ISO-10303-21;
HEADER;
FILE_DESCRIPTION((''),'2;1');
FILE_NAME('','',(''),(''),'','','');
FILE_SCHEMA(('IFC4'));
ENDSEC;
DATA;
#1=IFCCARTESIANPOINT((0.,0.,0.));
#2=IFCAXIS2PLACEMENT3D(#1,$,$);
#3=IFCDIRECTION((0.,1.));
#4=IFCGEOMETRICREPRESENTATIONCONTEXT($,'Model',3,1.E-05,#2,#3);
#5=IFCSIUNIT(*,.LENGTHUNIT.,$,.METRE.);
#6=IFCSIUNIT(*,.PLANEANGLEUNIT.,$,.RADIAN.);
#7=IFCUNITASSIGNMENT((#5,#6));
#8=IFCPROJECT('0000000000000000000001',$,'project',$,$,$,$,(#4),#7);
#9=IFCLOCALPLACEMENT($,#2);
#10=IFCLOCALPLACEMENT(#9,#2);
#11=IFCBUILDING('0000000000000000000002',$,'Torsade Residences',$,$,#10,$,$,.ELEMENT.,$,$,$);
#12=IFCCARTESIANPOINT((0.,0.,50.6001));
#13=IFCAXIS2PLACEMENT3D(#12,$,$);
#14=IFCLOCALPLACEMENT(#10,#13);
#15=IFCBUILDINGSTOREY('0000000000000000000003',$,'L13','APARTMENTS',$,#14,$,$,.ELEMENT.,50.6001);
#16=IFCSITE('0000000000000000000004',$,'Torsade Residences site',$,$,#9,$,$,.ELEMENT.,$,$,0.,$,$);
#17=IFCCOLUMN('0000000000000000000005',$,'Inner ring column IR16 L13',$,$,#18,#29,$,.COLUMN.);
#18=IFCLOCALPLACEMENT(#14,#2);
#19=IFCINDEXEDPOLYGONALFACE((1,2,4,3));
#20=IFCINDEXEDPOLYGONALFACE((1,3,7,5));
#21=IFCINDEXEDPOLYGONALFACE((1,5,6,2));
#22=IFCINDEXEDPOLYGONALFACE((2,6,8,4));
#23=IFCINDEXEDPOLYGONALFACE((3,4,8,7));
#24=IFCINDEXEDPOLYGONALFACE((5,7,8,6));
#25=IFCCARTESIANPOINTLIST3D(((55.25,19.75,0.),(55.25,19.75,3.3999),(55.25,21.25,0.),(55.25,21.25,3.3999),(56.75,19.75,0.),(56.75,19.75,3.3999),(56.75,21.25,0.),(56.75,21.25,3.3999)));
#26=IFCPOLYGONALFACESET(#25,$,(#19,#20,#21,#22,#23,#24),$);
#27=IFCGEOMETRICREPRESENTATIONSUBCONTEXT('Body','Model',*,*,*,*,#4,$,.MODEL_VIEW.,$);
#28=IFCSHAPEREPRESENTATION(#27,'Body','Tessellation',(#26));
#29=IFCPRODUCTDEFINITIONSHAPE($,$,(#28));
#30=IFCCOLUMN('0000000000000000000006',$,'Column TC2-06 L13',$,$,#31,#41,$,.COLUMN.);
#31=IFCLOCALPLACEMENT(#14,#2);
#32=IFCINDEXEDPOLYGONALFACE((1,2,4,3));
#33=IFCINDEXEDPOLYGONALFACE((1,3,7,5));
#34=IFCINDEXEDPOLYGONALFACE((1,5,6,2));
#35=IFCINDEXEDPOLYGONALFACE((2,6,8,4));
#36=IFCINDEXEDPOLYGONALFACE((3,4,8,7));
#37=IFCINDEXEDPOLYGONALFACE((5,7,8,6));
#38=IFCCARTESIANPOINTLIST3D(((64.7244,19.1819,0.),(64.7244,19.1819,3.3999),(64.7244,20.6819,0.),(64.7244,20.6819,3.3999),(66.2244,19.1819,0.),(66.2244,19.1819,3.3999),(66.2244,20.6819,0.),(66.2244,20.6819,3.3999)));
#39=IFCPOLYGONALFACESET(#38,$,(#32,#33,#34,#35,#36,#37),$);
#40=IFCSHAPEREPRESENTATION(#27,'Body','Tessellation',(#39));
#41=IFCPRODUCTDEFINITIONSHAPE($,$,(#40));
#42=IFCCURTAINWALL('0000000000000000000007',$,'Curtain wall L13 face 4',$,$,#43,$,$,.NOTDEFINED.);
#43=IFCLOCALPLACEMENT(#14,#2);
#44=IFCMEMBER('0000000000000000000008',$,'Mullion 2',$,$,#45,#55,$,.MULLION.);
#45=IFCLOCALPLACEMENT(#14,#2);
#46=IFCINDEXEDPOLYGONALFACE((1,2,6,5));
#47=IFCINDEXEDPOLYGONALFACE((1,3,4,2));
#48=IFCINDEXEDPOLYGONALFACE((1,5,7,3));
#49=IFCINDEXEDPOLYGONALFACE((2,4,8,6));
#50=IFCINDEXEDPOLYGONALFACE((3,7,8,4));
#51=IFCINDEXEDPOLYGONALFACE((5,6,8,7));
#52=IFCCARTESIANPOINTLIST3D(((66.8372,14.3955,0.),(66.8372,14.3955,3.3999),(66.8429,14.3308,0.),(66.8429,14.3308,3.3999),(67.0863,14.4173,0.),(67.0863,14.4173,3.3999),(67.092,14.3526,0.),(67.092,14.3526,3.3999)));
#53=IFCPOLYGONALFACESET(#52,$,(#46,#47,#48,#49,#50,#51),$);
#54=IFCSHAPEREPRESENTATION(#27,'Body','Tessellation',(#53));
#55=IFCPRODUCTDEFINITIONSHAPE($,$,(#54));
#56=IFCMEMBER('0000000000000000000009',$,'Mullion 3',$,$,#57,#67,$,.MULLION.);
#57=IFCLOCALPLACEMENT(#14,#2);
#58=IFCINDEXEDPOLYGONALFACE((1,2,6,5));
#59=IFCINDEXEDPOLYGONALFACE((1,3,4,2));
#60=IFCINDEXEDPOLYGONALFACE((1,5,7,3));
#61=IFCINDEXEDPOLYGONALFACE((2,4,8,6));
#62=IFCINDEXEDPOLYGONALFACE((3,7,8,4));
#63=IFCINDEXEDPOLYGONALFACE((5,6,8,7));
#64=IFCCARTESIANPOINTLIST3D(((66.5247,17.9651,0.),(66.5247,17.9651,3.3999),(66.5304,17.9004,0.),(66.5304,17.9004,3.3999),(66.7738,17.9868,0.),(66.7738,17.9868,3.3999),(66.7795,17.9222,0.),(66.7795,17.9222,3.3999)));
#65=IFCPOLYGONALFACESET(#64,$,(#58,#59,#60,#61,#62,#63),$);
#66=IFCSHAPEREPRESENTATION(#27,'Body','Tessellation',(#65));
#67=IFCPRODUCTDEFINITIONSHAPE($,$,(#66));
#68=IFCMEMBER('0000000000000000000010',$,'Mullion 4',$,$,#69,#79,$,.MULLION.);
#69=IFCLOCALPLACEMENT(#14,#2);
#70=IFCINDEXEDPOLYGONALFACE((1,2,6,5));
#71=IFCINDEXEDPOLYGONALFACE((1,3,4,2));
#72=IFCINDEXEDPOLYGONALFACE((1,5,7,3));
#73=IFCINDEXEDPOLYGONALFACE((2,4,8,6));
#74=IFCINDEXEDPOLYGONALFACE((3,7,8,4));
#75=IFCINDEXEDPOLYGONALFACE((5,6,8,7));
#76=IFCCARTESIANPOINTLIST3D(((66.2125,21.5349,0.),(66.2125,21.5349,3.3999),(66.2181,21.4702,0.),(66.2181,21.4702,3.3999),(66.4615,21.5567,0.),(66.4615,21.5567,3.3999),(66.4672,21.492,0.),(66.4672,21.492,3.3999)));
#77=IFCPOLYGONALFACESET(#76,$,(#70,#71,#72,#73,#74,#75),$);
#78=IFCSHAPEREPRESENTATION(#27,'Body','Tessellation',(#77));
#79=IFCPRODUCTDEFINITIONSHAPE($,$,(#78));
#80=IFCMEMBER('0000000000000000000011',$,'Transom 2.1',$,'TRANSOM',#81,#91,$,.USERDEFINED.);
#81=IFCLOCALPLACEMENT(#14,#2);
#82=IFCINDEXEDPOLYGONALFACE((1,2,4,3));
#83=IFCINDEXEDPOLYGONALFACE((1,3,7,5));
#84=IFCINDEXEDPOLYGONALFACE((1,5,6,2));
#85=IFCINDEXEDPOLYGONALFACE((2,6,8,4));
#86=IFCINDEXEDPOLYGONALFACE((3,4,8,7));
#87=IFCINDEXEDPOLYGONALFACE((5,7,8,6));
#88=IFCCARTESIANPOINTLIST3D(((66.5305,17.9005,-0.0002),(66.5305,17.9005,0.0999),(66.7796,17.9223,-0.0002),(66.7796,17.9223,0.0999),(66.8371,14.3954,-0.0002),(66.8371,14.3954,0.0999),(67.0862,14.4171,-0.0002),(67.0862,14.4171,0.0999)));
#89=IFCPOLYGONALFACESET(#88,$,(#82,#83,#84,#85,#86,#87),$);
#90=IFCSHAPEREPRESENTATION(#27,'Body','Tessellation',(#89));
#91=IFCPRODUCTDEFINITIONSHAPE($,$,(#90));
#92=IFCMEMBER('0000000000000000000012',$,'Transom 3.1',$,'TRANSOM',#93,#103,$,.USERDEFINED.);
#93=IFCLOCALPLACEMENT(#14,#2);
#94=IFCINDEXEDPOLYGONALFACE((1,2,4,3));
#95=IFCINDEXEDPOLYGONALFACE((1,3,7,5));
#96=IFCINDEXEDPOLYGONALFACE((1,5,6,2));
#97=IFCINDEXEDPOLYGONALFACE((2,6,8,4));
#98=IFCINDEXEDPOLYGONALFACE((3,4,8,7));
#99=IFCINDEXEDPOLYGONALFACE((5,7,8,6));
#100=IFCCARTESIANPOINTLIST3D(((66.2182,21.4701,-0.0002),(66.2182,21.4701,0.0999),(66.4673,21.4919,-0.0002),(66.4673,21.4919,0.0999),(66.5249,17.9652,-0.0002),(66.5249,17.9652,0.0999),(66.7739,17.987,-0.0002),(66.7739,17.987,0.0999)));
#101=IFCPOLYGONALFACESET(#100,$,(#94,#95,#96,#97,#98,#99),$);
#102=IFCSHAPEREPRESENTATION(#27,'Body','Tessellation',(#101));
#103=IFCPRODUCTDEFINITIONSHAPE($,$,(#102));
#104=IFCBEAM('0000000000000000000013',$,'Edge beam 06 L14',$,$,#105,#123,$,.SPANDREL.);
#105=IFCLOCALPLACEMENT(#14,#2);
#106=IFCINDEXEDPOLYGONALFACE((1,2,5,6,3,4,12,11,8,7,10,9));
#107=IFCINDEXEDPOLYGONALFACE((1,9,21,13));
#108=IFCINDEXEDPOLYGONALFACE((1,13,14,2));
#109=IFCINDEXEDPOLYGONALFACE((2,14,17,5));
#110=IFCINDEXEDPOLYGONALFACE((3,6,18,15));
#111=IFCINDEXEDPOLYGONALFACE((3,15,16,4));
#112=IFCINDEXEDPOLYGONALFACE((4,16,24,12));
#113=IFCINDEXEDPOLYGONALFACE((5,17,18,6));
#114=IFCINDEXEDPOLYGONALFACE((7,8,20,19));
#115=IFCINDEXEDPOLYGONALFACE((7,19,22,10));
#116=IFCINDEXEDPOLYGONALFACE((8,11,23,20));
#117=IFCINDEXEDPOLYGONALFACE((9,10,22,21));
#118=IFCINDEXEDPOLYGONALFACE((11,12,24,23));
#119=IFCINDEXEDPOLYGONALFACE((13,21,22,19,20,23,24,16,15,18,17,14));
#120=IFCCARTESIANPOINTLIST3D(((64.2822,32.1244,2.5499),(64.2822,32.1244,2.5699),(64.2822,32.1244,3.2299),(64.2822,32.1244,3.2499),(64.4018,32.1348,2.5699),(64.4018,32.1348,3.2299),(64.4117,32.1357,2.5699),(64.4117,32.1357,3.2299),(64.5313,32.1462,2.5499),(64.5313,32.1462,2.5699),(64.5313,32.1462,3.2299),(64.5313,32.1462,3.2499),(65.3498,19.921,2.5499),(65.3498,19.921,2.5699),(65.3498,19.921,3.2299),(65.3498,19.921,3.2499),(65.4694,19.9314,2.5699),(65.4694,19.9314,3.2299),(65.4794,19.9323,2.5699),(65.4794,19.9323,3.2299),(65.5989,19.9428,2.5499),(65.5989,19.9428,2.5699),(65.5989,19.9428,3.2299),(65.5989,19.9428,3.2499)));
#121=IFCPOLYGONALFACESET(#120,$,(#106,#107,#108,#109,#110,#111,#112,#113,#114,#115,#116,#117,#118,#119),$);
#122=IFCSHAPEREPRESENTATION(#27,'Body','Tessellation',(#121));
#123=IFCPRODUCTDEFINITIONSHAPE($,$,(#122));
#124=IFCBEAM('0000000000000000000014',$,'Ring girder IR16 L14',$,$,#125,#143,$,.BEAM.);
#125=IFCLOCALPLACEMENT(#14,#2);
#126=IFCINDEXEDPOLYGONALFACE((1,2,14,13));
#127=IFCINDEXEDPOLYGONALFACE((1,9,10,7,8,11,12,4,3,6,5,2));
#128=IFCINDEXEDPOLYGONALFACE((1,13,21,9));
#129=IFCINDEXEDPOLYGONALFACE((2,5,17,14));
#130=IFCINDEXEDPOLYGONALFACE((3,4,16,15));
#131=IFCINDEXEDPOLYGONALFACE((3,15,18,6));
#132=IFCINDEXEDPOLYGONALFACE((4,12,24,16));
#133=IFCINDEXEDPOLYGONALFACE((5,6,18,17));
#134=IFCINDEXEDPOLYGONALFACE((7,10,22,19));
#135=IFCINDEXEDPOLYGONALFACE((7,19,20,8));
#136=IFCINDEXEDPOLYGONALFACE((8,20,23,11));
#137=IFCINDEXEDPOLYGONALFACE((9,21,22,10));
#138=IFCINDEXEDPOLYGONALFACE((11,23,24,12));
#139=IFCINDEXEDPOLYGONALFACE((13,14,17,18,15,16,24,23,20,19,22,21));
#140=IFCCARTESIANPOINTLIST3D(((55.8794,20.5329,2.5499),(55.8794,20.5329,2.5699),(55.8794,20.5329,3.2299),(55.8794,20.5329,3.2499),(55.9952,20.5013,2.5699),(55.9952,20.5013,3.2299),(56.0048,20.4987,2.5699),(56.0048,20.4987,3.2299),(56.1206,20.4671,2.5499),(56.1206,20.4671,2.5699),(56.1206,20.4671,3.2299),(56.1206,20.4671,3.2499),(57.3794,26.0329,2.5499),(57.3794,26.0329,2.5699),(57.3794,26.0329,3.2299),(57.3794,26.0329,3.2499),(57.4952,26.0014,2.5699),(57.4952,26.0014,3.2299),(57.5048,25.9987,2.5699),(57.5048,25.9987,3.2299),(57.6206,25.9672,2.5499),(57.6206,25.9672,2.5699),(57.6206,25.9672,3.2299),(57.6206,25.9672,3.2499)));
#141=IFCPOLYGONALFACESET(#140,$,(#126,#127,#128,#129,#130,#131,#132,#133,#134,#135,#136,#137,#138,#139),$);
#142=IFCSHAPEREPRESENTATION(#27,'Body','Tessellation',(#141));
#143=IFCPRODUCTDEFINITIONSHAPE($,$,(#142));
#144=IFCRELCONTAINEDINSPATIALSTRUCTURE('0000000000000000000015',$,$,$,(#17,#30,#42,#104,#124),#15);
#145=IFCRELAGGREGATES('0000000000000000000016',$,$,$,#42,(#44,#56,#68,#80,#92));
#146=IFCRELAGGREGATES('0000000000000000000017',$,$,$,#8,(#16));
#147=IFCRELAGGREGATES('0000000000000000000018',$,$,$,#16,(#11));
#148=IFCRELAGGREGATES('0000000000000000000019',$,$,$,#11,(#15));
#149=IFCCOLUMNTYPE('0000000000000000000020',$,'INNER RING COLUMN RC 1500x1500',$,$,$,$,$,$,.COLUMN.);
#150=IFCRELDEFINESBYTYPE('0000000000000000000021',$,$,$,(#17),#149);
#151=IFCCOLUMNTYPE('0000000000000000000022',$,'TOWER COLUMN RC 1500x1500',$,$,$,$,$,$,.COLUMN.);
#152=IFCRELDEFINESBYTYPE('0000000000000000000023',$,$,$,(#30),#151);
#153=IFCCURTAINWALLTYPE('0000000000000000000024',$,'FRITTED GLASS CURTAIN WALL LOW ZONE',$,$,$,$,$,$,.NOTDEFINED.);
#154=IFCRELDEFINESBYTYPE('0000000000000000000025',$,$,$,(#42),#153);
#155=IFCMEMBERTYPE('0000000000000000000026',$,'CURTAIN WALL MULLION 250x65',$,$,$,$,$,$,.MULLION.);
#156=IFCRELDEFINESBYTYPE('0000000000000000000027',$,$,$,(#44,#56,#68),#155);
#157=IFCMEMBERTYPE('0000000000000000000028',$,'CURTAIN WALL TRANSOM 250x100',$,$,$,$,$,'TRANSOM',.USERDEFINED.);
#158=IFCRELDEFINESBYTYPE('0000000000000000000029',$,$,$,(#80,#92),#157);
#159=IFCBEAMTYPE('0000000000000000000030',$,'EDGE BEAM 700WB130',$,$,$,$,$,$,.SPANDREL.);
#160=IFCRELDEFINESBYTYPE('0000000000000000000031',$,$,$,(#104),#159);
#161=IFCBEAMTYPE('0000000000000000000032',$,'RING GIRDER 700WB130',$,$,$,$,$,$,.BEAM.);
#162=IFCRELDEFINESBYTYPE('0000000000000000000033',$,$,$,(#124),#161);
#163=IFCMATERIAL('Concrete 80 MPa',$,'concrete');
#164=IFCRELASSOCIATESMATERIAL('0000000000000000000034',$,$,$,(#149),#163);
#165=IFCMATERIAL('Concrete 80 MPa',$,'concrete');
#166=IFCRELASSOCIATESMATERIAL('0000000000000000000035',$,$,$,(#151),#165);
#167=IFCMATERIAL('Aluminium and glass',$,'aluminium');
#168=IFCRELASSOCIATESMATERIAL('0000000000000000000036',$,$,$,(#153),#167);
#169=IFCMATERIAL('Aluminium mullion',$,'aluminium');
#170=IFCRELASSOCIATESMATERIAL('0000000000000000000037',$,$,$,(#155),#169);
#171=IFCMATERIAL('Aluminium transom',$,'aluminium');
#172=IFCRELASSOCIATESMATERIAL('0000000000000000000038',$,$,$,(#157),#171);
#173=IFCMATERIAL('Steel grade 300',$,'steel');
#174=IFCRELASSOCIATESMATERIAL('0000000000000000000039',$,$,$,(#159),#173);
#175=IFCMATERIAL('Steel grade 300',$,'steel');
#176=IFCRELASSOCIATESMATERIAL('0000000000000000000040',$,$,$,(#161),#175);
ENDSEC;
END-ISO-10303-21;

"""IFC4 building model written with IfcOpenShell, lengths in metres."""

from ifc_helpers import new_model, si_unit, direction, frame, origin, origin_2d, place, context, subcontext, project, spatial, rectangle, i_section, extrude, material, material_profile, profile_set, type_object, element, aggregate, save


model = new_model("IFC4")

# Units and contexts
model_context = context("Model", 3, precision=1e-05, world=origin(), true_north=direction((0.0, 1.0)))
body_context = subcontext(model_context, "Body", "Model", "MODEL_VIEW")
ifc_project = project(units=[si_unit("LENGTHUNIT", "METRE"), si_unit("PLANEANGLEUNIT", "RADIAN")], contexts=[model_context])

# Site, building, storey
site_placement = place(None, origin())
site = spatial("IfcSite", under=ifc_project, at=site_placement, Name="Torsade Residences site", CompositionType="ELEMENT", RefElevation=0.0)
building_placement = place(site_placement, origin())
building = spatial("IfcBuilding", under=site, at=building_placement, Name="Torsade Residences", CompositionType="ELEMENT")
storey_placement = place(building_placement, frame((0.0, 0.0, 50.6001)))
storey = spatial("IfcBuildingStorey", under=building, at=storey_placement, Name="L13", Description="APARTMENTS", CompositionType="ELEMENT", Elevation=50.6001)

# Columns
ifc_material_1 = material(Name="Concrete 80 MPa", Category="concrete")
ifc_material_profile_1 = material_profile(ifc_material_1, rectangle(XDim=1.5, YDim=1.5, at=origin_2d()), Name="RC 1500x1500")
ifc_profile_set_1 = profile_set([ifc_material_profile_1], Name="Concrete 80 MPa")
column_type_1 = type_object("IfcColumnType", Name="INNER RING COLUMN RC 1500x1500", PredefinedType="COLUMN", material=ifc_profile_set_1)
column_1_placement = place(storey_placement, frame((56.0, 20.5, 0.0), z_axis=(0.0, 0.0, 1.0), x_axis=(1.0, 0.0, 0.0)))
element("IfcColumn", 1, at=column_1_placement, inside=storey, type_object=column_type_1, Name="Inner ring column IR16 L13", PredefinedType="COLUMN", context=body_context, shape_type="SweptSolid", body=[
    extrude(rectangle(XDim=1.5, YDim=1.5, at=origin_2d()), origin(), (0.0, 0.0, 1.0), 3.3999),
])
ifc_material_2 = material(Name="Concrete 80 MPa", Category="concrete")
ifc_material_profile_2 = material_profile(ifc_material_2, rectangle(XDim=1.5, YDim=1.5, at=origin_2d()), Name="RC 1500x1500")
ifc_profile_set_2 = profile_set([ifc_material_profile_2], Name="Concrete 80 MPa")
column_type_2 = type_object("IfcColumnType", Name="TOWER COLUMN RC 1500x1500", PredefinedType="COLUMN", material=ifc_profile_set_2)
column_2_placement = place(storey_placement, frame((65.4744, 19.9319, 0.0), z_axis=(0.0, 0.0, 1.0), x_axis=(1.0, 0.0, 0.0)))
element("IfcColumn", 2, at=column_2_placement, inside=storey, type_object=column_type_2, Name="Column TC2-06 L13", PredefinedType="COLUMN", context=body_context, shape_type="SweptSolid", body=[
    extrude(rectangle(XDim=1.5, YDim=1.5, at=origin_2d()), origin(), (0.0, 0.0, 1.0), 3.3999),
])

# Curtain wall, members
ifc_material_3 = material(Name="Aluminium and glass", Category="aluminium")
curtain_wall_type = type_object("IfcCurtainWallType", Name="FRITTED GLASS CURTAIN WALL LOW ZONE", PredefinedType="NOTDEFINED", material=ifc_material_3)
curtain_wall_placement = place(storey_placement, origin())
curtain_wall = element("IfcCurtainWall", 3, at=curtain_wall_placement, inside=storey, type_object=curtain_wall_type, Name="Curtain wall L13 face 4", PredefinedType="NOTDEFINED")
ifc_material_4 = material(Name="Aluminium mullion", Category="aluminium")
ifc_material_profile_3 = material_profile(ifc_material_4, rectangle(XDim=0.25, YDim=0.0649, at=origin_2d()), Name="CURTAIN WALL MULLION 250x65")
ifc_profile_set_3 = profile_set([ifc_material_profile_3], Name="Aluminium mullion")
member_type_1 = type_object("IfcMemberType", Name="CURTAIN WALL MULLION 250x65", PredefinedType="MULLION", material=ifc_profile_set_3)
member_1_placement = place(storey_placement, frame((66.9646, 14.374, 0.0), z_axis=(0.0, 0.0, 1.0), x_axis=(-0.996195, -0.087156, 0.0)))
member_1 = element("IfcMember", 4, at=member_1_placement, type_object=member_type_1, Name="Mullion 2", PredefinedType="MULLION", context=body_context, shape_type="SweptSolid", body=[
    extrude(rectangle(XDim=0.25, YDim=0.0649, at=origin_2d()), origin(), (0.0, 0.0, 1.0), 3.3999),
])
member_2_placement = place(storey_placement, frame((66.6521, 17.9436, 0.0), z_axis=(0.0, 0.0, 1.0), x_axis=(-0.996195, -0.087156, 0.0)))
member_2 = element("IfcMember", 5, at=member_2_placement, type_object=member_type_1, Name="Mullion 3", PredefinedType="MULLION", context=body_context, shape_type="SweptSolid", body=[
    extrude(rectangle(XDim=0.25, YDim=0.0649, at=origin_2d()), origin(), (0.0, 0.0, 1.0), 3.3999),
])
member_3_placement = place(storey_placement, frame((66.3398, 21.5134, 0.0), z_axis=(0.0, 0.0, 1.0), x_axis=(-0.996195, -0.087156, 0.0)))
member_3 = element("IfcMember", 6, at=member_3_placement, type_object=member_type_1, Name="Mullion 4", PredefinedType="MULLION", context=body_context, shape_type="SweptSolid", body=[
    extrude(rectangle(XDim=0.25, YDim=0.0649, at=origin_2d()), origin(), (0.0, 0.0, 1.0), 3.3999),
])
ifc_material_5 = material(Name="Aluminium transom", Category="aluminium")
ifc_material_profile_4 = material_profile(ifc_material_5, rectangle(XDim=0.25, YDim=0.1001, at=origin_2d()), Name="CURTAIN WALL TRANSOM 250x100")
ifc_profile_set_4 = profile_set([ifc_material_profile_4], Name="Aluminium transom")
member_type_2 = type_object("IfcMemberType", Name="CURTAIN WALL TRANSOM 250x100", ElementType="TRANSOM", PredefinedType="USERDEFINED", material=ifc_profile_set_4)
member_4_placement = place(storey_placement, frame((66.9617, 14.4062, 0.0498), z_axis=(-0.087151, 0.996195, 0.0), x_axis=(-0.996195, -0.087151, 0.0)))
member_4 = element("IfcMember", 7, at=member_4_placement, type_object=member_type_2, Name="Transom 2.1", ObjectType="TRANSOM", PredefinedType="USERDEFINED", context=body_context, shape_type="SweptSolid", body=[
    extrude(rectangle(XDim=0.25, YDim=0.1001, at=origin_2d()), origin(), (0.0, 0.0, 1.0), 3.5186),
])
member_5_placement = place(storey_placement, frame((66.6494, 17.9761, 0.0498), z_axis=(-0.087157, 0.996195, 0.0), x_axis=(-0.996195, -0.087157, 0.0)))
member_5 = element("IfcMember", 8, at=member_5_placement, type_object=member_type_2, Name="Transom 3.1", ObjectType="TRANSOM", PredefinedType="USERDEFINED", context=body_context, shape_type="SweptSolid", body=[
    extrude(rectangle(XDim=0.25, YDim=0.1001, at=origin_2d()), origin(), (0.0, 0.0, 1.0), 3.5183),
])

# Beams
ifc_material_6 = material(Name="Steel grade 300", Category="steel")
ifc_material_profile_5 = material_profile(ifc_material_6, i_section(OverallWidth=0.25, OverallDepth=0.7, WebThickness=0.01, FlangeThickness=0.02, at=origin_2d()), Name="700WB130")
ifc_profile_set_5 = profile_set([ifc_material_profile_5], Name="Steel grade 300")
beam_type_1 = type_object("IfcBeamType", Name="EDGE BEAM 700WB130", PredefinedType="SPANDREL", material=ifc_profile_set_5)
beam_1_placement = place(storey_placement, frame((65.4744, 19.9319, 2.8999), z_axis=(-0.087153, 0.996195, 0.0), x_axis=(-0.996195, -0.087153, 0.0)))
element("IfcBeam", 9, at=beam_1_placement, inside=storey, type_object=beam_type_1, Name="Edge beam 06 L14", PredefinedType="SPANDREL", context=body_context, shape_type="SweptSolid", body=[
    extrude(i_section(OverallWidth=0.25, OverallDepth=0.7, WebThickness=0.01, FlangeThickness=0.02, at=origin_2d()), origin(), (0.0, 0.0, 1.0), 12.25),
])
ifc_material_7 = material(Name="Steel grade 300", Category="steel")
ifc_material_profile_6 = material_profile(ifc_material_7, i_section(OverallWidth=0.25, OverallDepth=0.7, WebThickness=0.01, FlangeThickness=0.02, at=origin_2d()), Name="700WB130")
ifc_profile_set_6 = profile_set([ifc_material_profile_6], Name="Steel grade 300")
beam_type_2 = type_object("IfcBeamType", Name="RING GIRDER 700WB130", PredefinedType="BEAM", material=ifc_profile_set_6)
beam_2_placement = place(storey_placement, frame((56.0, 20.5, 2.8999), z_axis=(0.263117, 0.964764, 0.0), x_axis=(-0.964764, 0.263117, 0.0)))
element("IfcBeam", 10, at=beam_2_placement, inside=storey, type_object=beam_type_2, Name="Ring girder IR16 L14", PredefinedType="BEAM", context=body_context, shape_type="SweptSolid", body=[
    extrude(i_section(OverallWidth=0.25, OverallDepth=0.7, WebThickness=0.01, FlangeThickness=0.02, at=origin_2d()), origin(), (0.0, 0.0, 1.0), 5.7009),
])

aggregate(curtain_wall, [member_1, member_2, member_3, member_4, member_5])

save(model, "model.ifc")
